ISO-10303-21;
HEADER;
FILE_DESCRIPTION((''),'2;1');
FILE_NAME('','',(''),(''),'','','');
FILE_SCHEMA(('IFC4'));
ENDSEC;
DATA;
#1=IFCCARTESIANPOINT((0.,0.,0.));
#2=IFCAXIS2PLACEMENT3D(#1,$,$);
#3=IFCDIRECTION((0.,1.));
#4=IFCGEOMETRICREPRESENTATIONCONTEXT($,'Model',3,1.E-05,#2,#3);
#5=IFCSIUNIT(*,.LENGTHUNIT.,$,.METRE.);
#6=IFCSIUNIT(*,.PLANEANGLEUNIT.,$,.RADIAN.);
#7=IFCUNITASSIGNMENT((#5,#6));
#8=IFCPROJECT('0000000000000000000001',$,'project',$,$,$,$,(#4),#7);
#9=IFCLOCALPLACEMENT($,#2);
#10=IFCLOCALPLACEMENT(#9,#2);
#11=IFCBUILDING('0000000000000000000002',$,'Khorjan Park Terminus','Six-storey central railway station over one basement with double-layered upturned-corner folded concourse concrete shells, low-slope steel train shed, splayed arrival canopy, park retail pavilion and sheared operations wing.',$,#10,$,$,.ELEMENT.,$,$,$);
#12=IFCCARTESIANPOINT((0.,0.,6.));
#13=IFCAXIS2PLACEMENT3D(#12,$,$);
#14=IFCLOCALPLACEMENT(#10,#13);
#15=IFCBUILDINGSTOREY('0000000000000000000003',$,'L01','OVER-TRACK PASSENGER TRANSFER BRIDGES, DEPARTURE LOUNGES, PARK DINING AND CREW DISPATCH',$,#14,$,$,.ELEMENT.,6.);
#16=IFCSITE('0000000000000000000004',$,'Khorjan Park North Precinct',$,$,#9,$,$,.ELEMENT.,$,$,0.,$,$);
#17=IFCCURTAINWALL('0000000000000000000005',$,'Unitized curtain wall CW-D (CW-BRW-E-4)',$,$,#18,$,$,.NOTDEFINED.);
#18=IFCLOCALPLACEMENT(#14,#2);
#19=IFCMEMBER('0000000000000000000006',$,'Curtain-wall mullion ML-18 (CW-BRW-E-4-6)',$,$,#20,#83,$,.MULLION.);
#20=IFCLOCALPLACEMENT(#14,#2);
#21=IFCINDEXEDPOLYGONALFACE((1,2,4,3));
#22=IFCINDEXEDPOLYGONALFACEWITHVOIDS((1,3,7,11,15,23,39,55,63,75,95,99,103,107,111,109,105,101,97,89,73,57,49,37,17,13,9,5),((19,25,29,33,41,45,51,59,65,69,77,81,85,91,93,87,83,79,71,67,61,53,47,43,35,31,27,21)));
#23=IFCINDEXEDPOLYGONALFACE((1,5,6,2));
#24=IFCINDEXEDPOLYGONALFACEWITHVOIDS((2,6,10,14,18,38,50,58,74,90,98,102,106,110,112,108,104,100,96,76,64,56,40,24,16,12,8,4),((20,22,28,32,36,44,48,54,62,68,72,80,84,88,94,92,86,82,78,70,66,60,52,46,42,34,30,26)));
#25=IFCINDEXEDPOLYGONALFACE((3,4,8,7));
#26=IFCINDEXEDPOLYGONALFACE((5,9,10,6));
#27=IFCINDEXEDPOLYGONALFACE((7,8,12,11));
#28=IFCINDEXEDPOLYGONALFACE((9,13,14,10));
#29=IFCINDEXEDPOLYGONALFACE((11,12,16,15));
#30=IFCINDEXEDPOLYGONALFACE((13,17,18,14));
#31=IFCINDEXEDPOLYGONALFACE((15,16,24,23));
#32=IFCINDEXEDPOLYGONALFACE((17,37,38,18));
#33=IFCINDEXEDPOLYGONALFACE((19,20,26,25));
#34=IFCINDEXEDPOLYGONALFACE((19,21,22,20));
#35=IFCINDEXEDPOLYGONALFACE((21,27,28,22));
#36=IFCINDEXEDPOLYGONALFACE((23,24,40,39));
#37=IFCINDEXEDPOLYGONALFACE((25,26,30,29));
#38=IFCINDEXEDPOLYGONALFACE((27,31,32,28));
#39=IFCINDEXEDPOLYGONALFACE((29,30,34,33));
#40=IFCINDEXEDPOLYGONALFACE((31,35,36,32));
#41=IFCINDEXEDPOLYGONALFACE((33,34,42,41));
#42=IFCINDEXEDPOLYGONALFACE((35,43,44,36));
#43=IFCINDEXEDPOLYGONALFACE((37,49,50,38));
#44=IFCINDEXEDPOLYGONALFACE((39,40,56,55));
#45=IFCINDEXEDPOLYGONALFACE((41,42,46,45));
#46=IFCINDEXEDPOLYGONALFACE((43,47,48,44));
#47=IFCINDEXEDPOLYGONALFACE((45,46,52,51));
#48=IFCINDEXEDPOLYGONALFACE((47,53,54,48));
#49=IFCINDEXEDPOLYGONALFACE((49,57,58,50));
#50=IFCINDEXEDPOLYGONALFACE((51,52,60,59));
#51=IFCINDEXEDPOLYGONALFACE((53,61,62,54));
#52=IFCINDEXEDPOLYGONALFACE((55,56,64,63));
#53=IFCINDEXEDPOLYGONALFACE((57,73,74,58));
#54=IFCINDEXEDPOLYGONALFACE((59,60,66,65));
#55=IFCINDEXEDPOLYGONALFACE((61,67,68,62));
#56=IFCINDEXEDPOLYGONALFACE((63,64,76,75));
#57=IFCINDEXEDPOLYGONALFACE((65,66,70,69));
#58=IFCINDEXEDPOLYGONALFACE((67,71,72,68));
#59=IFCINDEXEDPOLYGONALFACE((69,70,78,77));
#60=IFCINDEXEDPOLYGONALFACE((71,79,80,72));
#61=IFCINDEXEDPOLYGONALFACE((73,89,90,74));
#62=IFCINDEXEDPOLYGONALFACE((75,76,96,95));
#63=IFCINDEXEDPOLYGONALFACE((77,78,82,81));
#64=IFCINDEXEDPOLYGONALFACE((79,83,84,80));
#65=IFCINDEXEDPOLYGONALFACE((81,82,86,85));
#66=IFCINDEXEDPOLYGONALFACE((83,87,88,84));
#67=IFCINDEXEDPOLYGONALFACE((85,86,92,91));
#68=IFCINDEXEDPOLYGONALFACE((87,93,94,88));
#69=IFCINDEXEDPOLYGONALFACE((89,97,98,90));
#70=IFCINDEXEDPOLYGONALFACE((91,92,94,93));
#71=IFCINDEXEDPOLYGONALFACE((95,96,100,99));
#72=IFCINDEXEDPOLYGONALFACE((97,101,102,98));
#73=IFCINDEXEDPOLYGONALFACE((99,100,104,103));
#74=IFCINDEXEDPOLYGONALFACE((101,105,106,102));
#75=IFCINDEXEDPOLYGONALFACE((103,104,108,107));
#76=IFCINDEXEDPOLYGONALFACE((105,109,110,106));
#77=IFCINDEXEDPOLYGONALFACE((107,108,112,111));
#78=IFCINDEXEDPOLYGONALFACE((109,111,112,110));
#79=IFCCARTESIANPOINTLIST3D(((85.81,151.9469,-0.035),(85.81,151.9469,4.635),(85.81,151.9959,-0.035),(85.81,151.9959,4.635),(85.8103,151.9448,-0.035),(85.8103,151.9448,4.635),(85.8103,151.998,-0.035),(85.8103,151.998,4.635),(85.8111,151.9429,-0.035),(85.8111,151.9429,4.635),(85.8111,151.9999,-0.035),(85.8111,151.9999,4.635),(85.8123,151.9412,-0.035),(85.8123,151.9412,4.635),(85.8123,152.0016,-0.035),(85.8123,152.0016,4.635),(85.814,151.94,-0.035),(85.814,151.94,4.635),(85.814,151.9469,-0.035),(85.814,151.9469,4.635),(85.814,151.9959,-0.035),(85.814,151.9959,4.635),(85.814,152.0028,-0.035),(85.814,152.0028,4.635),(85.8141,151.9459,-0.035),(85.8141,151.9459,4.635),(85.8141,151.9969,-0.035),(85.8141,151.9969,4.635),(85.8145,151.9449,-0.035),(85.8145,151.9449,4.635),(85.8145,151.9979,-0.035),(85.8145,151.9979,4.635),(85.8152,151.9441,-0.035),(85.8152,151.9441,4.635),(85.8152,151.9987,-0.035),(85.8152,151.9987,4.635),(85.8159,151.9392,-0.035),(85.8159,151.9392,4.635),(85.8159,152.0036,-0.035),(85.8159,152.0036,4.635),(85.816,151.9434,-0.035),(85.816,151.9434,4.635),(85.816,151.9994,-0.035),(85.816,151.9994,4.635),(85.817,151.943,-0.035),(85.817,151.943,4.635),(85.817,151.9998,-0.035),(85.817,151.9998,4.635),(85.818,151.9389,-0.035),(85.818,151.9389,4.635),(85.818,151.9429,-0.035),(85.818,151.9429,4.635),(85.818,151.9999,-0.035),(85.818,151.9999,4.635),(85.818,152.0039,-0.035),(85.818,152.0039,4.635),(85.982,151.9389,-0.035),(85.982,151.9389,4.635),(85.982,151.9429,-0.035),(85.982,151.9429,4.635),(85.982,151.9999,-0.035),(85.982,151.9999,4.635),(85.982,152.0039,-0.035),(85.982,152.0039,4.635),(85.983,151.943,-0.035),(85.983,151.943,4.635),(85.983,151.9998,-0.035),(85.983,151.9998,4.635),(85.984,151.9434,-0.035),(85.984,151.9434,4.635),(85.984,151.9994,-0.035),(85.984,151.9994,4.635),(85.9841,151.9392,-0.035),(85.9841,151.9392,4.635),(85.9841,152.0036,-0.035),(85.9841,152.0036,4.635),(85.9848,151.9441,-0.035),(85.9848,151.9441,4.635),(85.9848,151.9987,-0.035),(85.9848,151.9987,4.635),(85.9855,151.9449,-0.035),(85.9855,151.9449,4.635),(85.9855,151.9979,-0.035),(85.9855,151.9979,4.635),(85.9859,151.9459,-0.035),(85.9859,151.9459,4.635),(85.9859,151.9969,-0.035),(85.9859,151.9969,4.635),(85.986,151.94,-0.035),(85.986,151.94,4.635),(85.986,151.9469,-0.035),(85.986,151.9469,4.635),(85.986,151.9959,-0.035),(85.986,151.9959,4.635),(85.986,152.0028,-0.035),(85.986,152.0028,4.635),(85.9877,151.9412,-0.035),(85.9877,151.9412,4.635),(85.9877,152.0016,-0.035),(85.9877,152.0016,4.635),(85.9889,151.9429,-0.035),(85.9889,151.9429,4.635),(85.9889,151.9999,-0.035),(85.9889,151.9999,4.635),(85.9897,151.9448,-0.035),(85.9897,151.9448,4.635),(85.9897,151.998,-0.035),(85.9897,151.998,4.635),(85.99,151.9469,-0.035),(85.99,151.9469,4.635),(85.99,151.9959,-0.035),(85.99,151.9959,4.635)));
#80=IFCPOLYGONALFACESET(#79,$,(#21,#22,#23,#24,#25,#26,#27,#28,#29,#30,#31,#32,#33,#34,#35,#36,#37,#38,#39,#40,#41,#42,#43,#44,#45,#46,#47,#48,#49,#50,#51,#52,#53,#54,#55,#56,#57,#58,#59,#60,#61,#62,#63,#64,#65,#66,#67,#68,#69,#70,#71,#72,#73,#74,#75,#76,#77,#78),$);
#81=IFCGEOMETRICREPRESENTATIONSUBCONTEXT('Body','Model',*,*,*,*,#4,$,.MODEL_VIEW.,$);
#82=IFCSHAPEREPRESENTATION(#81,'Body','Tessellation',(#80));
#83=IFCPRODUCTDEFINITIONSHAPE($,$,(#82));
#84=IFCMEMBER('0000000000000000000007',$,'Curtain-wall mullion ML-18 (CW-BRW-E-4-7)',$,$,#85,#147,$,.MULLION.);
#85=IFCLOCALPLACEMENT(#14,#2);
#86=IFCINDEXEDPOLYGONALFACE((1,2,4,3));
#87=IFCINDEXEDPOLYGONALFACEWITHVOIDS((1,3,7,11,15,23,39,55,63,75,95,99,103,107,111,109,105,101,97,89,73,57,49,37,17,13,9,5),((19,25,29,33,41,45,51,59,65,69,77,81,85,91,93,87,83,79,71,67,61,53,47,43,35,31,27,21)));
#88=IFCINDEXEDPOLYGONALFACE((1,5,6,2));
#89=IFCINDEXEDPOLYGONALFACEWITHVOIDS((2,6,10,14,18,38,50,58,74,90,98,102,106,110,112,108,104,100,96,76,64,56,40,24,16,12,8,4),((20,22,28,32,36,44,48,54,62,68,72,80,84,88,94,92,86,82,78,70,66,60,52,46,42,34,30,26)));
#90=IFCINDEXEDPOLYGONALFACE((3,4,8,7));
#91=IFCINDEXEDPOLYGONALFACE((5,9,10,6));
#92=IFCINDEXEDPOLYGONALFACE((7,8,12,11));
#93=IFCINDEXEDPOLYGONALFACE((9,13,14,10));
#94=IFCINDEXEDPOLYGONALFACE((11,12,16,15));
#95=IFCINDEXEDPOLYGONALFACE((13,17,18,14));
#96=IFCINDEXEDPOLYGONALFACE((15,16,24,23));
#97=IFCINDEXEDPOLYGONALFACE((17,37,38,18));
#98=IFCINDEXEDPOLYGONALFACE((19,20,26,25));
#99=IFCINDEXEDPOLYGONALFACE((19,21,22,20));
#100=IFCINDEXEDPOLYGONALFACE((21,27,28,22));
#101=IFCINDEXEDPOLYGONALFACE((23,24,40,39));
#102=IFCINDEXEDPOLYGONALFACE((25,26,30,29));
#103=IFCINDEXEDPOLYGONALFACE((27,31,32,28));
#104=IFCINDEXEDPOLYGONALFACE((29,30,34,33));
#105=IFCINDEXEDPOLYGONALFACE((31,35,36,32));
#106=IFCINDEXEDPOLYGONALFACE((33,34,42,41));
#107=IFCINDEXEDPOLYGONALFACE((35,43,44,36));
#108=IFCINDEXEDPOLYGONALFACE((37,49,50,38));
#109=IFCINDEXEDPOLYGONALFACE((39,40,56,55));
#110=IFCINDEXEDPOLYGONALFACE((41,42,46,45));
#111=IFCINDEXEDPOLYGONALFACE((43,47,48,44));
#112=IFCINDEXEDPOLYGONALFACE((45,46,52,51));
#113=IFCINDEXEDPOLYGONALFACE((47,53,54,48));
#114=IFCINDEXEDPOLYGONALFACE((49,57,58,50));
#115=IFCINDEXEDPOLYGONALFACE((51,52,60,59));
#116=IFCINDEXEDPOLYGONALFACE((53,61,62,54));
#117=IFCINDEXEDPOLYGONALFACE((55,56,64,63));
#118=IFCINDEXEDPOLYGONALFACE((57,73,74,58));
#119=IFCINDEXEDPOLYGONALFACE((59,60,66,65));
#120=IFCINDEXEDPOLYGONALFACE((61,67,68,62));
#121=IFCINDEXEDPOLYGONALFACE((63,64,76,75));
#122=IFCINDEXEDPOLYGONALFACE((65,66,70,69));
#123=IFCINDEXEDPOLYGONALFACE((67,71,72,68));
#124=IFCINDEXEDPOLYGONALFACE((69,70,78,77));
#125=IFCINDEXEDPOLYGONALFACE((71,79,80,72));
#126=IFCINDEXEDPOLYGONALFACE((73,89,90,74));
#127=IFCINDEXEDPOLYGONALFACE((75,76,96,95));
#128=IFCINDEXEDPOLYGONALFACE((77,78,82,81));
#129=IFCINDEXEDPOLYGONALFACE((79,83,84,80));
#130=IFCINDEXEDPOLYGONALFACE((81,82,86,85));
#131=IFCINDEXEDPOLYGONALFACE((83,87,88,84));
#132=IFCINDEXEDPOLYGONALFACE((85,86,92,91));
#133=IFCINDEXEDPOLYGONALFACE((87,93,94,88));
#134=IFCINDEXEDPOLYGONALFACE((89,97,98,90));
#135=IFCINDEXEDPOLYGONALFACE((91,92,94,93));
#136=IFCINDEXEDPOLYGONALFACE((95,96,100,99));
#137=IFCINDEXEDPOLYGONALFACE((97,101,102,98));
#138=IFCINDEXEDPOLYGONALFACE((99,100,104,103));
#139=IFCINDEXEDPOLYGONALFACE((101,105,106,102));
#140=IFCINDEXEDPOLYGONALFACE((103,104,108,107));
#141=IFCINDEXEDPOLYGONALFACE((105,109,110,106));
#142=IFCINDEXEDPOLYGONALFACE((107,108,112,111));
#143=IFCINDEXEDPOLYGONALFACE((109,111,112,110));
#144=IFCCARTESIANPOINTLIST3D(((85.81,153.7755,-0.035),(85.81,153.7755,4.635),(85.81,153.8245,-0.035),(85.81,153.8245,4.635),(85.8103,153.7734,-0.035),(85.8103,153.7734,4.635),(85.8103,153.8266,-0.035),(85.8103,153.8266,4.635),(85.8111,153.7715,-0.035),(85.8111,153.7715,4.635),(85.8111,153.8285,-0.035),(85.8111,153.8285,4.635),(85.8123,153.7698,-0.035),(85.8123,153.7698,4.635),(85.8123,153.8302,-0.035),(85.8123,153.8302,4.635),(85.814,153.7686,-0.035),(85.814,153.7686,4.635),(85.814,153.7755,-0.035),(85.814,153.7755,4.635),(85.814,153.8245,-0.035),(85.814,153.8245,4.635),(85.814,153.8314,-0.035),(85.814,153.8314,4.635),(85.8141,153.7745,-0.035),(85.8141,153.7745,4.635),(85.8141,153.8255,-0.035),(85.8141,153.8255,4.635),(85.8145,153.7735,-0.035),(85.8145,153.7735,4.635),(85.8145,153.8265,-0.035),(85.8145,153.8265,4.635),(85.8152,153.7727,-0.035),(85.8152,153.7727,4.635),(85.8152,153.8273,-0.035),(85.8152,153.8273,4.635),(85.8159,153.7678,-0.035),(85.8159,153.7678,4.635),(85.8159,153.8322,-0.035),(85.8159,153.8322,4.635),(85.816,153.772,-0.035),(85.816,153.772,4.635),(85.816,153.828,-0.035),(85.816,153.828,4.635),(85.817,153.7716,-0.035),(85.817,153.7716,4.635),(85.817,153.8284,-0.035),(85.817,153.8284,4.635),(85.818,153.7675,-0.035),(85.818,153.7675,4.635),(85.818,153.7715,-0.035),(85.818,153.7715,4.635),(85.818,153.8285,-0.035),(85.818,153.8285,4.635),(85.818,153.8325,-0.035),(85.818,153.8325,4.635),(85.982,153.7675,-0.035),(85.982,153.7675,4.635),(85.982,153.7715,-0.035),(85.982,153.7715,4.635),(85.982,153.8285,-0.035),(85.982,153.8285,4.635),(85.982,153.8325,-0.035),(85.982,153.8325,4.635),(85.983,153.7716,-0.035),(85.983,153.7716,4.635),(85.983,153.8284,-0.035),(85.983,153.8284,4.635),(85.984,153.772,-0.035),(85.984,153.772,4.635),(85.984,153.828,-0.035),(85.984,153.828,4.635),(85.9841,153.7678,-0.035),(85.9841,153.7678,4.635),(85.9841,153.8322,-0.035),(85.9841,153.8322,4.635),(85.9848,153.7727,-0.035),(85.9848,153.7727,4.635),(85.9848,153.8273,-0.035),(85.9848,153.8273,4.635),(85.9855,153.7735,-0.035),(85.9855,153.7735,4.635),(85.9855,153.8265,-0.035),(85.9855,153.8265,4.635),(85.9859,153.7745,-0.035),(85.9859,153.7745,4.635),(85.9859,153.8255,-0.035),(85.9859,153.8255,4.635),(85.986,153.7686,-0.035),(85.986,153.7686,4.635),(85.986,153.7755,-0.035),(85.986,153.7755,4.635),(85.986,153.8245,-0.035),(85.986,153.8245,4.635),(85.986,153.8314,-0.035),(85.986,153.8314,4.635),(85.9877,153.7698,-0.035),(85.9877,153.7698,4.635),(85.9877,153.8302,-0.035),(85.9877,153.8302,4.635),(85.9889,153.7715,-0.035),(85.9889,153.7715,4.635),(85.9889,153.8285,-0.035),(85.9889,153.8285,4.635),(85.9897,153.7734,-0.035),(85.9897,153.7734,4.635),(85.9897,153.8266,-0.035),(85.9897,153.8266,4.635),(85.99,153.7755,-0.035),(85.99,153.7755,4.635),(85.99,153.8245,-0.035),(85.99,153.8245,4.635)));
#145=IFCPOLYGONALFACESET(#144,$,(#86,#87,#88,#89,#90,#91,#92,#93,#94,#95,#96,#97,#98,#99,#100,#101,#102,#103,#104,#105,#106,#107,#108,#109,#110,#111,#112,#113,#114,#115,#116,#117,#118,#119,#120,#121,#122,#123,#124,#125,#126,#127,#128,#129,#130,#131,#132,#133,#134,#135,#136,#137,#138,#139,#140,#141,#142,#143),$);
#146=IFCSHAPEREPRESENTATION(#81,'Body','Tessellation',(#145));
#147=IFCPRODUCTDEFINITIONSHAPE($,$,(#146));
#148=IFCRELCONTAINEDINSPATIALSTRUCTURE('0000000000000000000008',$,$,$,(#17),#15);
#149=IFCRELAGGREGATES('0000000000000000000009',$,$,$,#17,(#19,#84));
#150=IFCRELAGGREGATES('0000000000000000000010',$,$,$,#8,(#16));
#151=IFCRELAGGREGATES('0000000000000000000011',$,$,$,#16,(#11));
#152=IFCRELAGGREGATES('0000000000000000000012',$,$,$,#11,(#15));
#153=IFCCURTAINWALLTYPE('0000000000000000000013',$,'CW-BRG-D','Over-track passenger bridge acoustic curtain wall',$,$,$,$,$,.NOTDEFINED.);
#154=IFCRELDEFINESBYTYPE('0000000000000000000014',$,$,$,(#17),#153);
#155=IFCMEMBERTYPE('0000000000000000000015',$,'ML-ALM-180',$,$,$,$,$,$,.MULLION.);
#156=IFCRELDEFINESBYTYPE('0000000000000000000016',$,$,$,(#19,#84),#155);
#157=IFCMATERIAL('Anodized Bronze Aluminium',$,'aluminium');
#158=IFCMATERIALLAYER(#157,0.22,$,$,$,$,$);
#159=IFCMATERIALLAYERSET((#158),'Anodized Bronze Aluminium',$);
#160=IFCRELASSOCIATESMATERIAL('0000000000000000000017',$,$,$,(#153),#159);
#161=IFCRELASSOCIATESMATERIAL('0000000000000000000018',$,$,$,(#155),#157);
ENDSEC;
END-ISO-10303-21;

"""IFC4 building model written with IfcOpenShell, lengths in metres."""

from ifc_helpers import new_model, si_unit, direction, frame, origin, origin_2d, place, context, subcontext, project, spatial, hollow_rectangle, extrude, material, layer, layer_set, material_profile, profile_set, type_object, element, aggregate, save


model = new_model("IFC4")

# Units and contexts
model_context = context("Model", 3, precision=1e-05, world=origin(), true_north=direction((0.0, 1.0)))
body_context = subcontext(model_context, "Body", "Model", "MODEL_VIEW")
ifc_project = project(units=[si_unit("LENGTHUNIT", "METRE"), si_unit("PLANEANGLEUNIT", "RADIAN")], contexts=[model_context])

# Site, building, storey
site_placement = place(None, origin())
site = spatial("IfcSite", under=ifc_project, at=site_placement, Name="Khorjan Park North Precinct", CompositionType="ELEMENT", RefElevation=0.0)
building_placement = place(site_placement, origin())
building = spatial("IfcBuilding", under=site, at=building_placement, Name="Khorjan Park Terminus", Description="Six-storey central railway station over one basement with double-layered upturned-corner folded concourse concrete shells, low-slope steel train shed, splayed arrival canopy, park retail pavilion and sheared operations wing.", CompositionType="ELEMENT")
storey_placement = place(building_placement, frame((0.0, 0.0, 6.0)))
storey = spatial("IfcBuildingStorey", under=building, at=storey_placement, Name="L01", Description="OVER-TRACK PASSENGER TRANSFER BRIDGES, DEPARTURE LOUNGES, PARK DINING AND CREW DISPATCH", CompositionType="ELEMENT", Elevation=6.0)

# Curtain wall, members
ifc_material_1 = material(Name="Anodized Bronze Aluminium", Category="aluminium")
ifc_layer_1 = layer(ifc_material_1, 0.22)
ifc_layer_set_1 = layer_set([ifc_layer_1], Name="Anodized Bronze Aluminium")
curtain_wall_type = type_object("IfcCurtainWallType", Name="CW-BRG-D", Description="Over-track passenger bridge acoustic curtain wall", PredefinedType="NOTDEFINED", material=ifc_layer_set_1)
curtain_wall_placement = place(storey_placement, origin())
curtain_wall = element("IfcCurtainWall", 1, at=curtain_wall_placement, inside=storey, type_object=curtain_wall_type, Name="Unitized curtain wall CW-D (CW-BRW-E-4)", PredefinedType="NOTDEFINED")
ifc_material_profile_1 = material_profile(ifc_material_1, hollow_rectangle(XDim=0.065, YDim=0.18, WallThickness=0.004, InnerFilletRadius=0.004, OuterFilletRadius=0.008, at=origin_2d()), Name="ALM 65x180x4")
ifc_profile_set_1 = profile_set([ifc_material_profile_1], Name="Anodized Bronze Aluminium")
member_type_1 = type_object("IfcMemberType", Name="ML-ALM-180", PredefinedType="MULLION", material=ifc_profile_set_1)
member_1_placement = place(storey_placement, frame((85.9, 151.9714, -0.035), z_axis=(0.0, 0.0, 1.0), x_axis=(0.0, 1.0, 0.0)))
member_1 = element("IfcMember", 2, at=member_1_placement, type_object=member_type_1, Name="Curtain-wall mullion ML-18 (CW-BRW-E-4-6)", PredefinedType="MULLION", context=body_context, shape_type="SweptSolid", body=[
    extrude(hollow_rectangle(XDim=0.065, YDim=0.18, WallThickness=0.004, InnerFilletRadius=0.004, OuterFilletRadius=0.008, at=origin_2d()), origin(), (0.0, 0.0, 1.0), 4.67),
])
member_2_placement = place(storey_placement, frame((85.9, 153.8, -0.035), z_axis=(0.0, 0.0, 1.0), x_axis=(0.0, 1.0, 0.0)))
member_2 = element("IfcMember", 3, at=member_2_placement, type_object=member_type_1, Name="Curtain-wall mullion ML-18 (CW-BRW-E-4-7)", PredefinedType="MULLION", context=body_context, shape_type="SweptSolid", body=[
    extrude(hollow_rectangle(XDim=0.065, YDim=0.18, WallThickness=0.004, InnerFilletRadius=0.004, OuterFilletRadius=0.008, at=origin_2d()), origin(), (0.0, 0.0, 1.0), 4.67),
])
aggregate(curtain_wall, [member_1, member_2])

save(model, "model.ifc")
